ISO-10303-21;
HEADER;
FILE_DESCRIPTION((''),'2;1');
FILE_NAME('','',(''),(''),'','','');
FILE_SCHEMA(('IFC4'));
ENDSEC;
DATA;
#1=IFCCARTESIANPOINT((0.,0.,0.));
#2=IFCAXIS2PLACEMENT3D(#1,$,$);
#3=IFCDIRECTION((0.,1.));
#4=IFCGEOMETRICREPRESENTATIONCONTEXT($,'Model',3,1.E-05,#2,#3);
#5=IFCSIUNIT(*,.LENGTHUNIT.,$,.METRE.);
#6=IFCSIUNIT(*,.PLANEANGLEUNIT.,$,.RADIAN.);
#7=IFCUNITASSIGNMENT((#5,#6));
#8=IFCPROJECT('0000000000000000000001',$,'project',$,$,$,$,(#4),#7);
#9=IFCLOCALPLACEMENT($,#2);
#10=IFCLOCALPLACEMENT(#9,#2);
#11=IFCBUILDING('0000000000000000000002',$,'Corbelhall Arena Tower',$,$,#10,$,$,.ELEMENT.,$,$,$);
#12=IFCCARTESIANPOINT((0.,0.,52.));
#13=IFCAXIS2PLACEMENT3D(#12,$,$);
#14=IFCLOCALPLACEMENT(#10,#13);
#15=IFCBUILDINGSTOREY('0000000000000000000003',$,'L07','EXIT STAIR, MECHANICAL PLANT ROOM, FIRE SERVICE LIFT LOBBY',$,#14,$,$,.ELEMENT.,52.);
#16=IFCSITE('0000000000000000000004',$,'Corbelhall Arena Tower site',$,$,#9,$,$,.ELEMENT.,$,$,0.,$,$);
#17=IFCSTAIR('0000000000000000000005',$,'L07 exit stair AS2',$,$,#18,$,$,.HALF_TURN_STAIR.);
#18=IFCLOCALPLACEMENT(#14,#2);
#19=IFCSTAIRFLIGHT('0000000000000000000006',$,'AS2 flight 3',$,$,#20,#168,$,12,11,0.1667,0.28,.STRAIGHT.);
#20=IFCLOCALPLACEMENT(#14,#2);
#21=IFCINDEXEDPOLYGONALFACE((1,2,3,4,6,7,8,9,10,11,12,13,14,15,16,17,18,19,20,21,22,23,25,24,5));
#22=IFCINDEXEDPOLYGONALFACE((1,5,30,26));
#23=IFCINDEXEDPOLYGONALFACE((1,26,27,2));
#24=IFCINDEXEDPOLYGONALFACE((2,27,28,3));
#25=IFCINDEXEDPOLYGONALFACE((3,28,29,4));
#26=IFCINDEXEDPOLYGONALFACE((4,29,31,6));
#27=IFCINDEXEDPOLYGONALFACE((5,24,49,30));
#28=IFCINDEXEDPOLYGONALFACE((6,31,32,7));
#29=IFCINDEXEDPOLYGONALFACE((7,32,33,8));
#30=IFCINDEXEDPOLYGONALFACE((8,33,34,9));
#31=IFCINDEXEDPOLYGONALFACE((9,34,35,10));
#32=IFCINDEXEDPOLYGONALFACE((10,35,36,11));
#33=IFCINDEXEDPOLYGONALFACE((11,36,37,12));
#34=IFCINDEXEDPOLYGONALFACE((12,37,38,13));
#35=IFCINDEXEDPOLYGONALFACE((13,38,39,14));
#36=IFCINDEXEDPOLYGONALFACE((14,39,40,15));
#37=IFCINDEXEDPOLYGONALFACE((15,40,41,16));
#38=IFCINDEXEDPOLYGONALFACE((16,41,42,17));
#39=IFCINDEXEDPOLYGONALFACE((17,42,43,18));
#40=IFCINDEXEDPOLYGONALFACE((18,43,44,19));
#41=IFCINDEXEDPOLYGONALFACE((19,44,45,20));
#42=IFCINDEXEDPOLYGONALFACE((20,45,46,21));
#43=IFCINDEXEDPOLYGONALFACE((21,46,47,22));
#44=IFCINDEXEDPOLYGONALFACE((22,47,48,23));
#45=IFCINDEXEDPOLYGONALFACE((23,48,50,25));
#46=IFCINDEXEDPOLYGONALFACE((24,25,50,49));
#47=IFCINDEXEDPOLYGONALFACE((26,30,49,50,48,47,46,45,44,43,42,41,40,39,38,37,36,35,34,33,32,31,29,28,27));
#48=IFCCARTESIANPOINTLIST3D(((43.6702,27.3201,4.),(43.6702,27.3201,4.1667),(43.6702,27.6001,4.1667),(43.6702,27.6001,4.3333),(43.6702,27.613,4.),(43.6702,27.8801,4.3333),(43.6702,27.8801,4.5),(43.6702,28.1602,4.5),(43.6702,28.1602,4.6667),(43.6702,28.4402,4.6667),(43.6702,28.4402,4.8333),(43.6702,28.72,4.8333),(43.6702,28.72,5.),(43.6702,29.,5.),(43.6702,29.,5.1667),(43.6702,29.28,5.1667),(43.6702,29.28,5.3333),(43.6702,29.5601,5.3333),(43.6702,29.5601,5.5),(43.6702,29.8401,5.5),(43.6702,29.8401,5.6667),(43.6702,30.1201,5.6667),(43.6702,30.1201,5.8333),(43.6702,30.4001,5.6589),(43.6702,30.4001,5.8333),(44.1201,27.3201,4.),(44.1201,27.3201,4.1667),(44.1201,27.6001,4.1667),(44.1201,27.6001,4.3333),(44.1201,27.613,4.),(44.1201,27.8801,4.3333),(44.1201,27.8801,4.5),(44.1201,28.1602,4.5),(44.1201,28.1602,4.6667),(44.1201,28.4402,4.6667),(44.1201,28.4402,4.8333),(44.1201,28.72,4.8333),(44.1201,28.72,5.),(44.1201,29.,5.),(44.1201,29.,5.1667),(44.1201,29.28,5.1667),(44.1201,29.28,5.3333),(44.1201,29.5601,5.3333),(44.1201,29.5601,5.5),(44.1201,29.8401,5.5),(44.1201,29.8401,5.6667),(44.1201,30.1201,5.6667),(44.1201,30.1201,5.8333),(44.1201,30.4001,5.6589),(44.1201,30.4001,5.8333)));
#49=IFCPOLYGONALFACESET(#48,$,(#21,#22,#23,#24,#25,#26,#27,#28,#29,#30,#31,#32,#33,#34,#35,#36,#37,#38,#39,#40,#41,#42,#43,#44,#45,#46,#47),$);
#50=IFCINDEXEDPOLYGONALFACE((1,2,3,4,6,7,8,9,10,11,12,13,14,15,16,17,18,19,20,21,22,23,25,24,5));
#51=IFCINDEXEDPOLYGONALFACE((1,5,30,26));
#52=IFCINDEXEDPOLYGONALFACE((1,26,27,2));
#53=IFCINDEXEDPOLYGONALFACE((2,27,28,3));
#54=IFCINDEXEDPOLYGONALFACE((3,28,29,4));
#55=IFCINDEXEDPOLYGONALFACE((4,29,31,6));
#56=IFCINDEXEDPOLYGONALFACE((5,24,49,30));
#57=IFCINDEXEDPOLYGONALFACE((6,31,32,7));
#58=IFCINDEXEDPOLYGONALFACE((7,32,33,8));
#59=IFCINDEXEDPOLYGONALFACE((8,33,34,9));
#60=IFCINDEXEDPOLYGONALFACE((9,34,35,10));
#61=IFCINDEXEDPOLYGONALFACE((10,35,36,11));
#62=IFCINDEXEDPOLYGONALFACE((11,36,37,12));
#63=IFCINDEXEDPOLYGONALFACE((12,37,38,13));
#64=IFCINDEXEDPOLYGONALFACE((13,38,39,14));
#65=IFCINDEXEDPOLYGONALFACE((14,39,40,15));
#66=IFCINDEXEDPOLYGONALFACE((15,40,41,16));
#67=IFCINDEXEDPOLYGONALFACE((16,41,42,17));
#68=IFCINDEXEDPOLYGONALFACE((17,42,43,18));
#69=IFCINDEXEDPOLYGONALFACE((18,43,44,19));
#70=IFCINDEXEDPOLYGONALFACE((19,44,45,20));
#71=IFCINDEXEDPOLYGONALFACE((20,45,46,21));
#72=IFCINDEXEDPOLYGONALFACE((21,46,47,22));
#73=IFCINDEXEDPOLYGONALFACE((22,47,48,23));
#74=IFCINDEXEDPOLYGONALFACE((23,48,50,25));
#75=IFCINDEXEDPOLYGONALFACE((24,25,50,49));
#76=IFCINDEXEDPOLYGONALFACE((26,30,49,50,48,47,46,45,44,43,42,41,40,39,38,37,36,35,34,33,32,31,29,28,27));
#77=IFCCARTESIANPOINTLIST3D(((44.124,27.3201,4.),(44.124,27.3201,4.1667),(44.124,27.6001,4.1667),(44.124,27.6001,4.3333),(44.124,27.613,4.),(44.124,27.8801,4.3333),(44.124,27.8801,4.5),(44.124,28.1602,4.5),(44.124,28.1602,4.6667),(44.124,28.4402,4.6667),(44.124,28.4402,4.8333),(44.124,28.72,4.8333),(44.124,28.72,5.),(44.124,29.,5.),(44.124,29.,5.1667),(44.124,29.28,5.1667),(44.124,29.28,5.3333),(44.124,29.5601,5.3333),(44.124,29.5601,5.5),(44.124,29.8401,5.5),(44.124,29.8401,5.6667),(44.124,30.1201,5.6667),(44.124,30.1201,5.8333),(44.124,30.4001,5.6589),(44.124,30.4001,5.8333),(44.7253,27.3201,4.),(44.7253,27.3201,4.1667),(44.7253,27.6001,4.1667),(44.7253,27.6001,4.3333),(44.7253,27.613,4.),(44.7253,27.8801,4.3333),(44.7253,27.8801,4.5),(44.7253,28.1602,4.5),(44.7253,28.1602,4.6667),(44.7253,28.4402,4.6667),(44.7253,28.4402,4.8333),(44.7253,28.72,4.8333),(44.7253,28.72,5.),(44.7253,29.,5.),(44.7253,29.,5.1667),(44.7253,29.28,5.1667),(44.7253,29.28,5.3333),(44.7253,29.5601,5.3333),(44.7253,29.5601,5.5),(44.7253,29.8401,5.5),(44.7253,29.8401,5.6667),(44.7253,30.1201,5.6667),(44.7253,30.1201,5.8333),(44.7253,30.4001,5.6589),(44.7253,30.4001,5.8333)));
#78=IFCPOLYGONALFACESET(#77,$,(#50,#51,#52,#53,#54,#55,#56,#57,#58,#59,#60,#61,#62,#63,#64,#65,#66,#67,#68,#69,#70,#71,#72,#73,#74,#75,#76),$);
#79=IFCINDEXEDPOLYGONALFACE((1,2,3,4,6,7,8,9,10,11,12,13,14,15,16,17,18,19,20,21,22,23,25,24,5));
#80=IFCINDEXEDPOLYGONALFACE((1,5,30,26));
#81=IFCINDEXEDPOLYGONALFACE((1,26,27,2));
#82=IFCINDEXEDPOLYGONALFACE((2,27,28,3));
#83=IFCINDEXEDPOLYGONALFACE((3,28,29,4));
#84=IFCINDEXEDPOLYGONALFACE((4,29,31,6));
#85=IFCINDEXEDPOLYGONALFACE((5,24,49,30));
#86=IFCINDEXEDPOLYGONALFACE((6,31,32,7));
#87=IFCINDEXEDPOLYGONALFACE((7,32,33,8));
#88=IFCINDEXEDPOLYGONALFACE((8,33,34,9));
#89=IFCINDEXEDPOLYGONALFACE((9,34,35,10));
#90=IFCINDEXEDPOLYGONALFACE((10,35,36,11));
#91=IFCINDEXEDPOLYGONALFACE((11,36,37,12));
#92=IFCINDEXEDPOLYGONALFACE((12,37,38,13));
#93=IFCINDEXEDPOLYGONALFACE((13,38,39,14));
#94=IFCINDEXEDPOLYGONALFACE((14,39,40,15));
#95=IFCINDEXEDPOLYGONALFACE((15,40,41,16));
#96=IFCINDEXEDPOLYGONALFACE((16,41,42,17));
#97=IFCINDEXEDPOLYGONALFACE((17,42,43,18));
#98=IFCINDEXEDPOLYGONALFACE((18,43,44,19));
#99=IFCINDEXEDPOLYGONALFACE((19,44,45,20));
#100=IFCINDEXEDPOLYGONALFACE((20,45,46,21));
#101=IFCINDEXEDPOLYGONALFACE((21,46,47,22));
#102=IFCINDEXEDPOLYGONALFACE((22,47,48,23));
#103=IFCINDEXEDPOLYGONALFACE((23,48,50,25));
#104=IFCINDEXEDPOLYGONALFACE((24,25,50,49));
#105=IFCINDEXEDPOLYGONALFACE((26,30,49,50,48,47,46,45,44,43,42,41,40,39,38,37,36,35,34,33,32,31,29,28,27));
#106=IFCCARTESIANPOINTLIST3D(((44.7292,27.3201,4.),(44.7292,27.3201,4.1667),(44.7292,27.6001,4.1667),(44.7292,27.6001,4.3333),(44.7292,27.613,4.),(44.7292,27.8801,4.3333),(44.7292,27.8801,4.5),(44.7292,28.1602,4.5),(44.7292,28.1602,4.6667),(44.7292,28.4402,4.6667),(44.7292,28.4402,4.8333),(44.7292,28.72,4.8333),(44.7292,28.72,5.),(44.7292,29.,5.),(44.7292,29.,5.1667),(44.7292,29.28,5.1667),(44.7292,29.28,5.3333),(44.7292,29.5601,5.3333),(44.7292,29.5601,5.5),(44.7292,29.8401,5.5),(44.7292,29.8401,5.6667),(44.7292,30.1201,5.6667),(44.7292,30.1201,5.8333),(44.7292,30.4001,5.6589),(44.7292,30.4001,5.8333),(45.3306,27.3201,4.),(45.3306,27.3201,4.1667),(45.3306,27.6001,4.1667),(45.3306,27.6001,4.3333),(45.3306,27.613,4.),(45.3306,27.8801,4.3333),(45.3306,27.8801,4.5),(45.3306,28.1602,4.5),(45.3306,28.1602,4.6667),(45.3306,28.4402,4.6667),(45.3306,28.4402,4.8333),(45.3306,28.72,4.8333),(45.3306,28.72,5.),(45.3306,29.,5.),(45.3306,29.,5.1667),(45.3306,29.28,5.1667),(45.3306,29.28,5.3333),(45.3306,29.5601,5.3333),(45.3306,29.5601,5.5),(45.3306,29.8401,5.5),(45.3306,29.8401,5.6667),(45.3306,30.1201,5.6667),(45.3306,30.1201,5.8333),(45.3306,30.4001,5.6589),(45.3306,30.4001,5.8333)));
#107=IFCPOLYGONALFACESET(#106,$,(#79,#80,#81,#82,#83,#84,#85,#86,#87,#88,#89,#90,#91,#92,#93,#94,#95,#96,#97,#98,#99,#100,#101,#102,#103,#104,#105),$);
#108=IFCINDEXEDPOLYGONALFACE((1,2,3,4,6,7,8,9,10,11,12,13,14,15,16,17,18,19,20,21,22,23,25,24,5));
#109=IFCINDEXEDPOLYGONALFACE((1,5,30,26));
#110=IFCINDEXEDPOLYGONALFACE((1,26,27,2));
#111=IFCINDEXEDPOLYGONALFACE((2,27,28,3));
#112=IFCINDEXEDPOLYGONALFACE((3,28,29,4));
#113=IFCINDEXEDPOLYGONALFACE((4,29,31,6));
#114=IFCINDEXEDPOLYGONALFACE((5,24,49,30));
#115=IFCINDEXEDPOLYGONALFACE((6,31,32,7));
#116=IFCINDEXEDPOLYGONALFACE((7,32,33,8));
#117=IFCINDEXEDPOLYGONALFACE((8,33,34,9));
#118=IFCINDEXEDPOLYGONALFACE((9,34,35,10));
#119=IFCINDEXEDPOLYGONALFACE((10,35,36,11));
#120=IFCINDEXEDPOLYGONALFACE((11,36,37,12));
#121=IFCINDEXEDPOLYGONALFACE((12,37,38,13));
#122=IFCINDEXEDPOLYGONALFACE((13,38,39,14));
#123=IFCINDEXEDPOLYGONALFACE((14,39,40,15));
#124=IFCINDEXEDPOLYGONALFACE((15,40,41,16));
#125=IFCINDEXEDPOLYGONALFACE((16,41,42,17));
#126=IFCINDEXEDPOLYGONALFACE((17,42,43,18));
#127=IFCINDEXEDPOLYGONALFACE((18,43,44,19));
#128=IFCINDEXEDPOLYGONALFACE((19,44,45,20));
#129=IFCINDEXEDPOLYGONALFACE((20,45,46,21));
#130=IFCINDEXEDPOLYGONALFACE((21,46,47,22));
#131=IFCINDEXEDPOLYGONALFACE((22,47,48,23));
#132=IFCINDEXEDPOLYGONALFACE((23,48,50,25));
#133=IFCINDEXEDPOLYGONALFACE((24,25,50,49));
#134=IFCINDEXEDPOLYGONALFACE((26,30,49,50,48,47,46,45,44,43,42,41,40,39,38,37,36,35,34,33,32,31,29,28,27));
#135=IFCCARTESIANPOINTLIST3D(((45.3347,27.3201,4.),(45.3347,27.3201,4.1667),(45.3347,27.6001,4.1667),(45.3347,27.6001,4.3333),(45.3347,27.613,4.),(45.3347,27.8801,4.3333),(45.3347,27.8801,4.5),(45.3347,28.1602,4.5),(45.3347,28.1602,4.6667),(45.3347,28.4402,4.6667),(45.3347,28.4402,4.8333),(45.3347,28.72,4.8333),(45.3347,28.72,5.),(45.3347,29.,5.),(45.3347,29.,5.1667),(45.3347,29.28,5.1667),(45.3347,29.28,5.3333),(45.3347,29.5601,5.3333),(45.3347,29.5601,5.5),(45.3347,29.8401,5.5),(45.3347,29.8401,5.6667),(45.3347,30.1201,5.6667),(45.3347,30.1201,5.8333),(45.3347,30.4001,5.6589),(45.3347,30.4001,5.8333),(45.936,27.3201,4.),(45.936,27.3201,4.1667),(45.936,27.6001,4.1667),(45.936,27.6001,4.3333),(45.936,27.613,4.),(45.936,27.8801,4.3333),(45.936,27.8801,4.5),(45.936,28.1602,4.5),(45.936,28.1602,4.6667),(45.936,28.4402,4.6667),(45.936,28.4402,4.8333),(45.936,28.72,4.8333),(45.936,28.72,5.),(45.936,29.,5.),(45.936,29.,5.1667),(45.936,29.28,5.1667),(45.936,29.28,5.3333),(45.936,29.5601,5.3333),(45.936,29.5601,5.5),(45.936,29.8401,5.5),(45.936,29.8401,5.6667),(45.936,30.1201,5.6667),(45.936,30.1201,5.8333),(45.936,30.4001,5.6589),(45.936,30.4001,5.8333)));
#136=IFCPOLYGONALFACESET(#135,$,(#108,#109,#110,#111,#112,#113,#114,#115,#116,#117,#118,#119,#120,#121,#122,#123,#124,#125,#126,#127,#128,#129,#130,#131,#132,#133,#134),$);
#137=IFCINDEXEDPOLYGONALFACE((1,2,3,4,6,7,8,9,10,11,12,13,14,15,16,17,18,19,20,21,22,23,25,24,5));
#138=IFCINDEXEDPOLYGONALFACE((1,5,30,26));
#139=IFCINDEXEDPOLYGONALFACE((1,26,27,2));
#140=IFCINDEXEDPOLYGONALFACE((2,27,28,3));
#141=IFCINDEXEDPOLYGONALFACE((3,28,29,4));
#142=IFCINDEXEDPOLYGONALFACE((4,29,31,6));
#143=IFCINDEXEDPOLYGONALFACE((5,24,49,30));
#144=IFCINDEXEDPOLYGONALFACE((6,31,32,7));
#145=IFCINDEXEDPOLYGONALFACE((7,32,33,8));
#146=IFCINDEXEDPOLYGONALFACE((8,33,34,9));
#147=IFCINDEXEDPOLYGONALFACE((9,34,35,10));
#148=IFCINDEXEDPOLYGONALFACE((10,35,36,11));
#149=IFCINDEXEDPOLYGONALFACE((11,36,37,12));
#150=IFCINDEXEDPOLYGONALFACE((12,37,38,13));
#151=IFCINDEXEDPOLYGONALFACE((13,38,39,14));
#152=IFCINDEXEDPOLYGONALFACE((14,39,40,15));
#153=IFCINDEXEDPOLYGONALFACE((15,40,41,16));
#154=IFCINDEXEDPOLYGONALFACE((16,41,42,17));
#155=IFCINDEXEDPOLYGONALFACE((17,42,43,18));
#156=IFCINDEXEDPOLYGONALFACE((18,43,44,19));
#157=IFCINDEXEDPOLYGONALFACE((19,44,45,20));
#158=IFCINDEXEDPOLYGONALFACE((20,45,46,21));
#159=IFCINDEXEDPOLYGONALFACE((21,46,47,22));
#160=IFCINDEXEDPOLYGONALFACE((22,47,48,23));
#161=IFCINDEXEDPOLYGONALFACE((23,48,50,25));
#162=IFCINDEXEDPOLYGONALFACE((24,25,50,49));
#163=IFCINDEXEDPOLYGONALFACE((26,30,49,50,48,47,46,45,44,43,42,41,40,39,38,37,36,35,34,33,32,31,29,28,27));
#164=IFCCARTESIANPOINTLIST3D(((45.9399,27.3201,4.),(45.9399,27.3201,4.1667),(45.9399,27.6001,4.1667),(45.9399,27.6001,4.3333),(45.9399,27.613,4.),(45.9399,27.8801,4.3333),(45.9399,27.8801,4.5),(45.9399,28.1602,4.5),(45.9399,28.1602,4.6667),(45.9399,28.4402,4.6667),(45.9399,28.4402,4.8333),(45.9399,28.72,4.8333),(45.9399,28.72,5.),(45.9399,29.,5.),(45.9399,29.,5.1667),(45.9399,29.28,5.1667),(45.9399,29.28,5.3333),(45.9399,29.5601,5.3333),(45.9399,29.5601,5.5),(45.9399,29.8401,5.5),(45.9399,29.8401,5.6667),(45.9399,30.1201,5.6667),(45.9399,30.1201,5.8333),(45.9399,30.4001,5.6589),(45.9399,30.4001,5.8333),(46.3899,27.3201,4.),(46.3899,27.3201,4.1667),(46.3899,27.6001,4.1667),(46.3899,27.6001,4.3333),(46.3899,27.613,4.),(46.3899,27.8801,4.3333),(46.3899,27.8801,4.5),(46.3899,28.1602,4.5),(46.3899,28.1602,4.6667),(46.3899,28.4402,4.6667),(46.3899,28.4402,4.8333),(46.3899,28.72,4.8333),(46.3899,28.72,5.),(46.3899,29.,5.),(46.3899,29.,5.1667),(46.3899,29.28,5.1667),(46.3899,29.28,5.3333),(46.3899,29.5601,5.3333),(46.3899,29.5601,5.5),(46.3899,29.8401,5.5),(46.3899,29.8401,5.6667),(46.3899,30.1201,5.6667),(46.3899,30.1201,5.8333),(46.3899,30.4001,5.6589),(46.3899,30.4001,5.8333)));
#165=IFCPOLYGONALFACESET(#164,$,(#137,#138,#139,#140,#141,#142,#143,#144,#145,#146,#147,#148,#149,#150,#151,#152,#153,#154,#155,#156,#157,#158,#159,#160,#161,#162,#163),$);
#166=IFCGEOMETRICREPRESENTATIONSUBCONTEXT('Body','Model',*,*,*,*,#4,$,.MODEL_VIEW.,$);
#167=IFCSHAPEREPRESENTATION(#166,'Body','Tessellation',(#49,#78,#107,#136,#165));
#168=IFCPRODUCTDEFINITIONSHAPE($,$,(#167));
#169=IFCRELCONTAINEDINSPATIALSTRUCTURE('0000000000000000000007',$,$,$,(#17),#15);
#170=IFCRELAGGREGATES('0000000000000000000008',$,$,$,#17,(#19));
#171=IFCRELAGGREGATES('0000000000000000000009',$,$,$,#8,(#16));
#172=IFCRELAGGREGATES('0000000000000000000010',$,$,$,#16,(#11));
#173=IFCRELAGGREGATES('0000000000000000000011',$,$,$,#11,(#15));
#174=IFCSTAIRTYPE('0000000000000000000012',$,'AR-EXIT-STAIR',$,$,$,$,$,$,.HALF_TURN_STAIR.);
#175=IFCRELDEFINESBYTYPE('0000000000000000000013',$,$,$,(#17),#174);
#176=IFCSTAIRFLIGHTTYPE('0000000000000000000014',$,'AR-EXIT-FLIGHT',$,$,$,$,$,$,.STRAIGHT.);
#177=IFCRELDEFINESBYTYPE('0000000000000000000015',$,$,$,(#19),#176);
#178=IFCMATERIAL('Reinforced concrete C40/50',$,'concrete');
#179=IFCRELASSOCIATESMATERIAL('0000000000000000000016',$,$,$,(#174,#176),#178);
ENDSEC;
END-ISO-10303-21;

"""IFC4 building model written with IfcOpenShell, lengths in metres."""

from ifc_helpers import new_model, si_unit, direction, frame, origin, place, context, subcontext, project, spatial, polyline, outline, extrude, material, type_object, element, aggregate, save


model = new_model("IFC4")

# Units and contexts
model_context = context("Model", 3, precision=1e-05, world=origin(), true_north=direction((0.0, 1.0)))
body_context = subcontext(model_context, "Body", "Model", "MODEL_VIEW")
ifc_project = project(units=[si_unit("LENGTHUNIT", "METRE"), si_unit("PLANEANGLEUNIT", "RADIAN")], contexts=[model_context])

# Site, building, storey
site_placement = place(None, origin())
site = spatial("IfcSite", under=ifc_project, at=site_placement, Name="Corbelhall Arena Tower site", CompositionType="ELEMENT", RefElevation=0.0)
building_placement = place(site_placement, origin())
building = spatial("IfcBuilding", under=site, at=building_placement, Name="Corbelhall Arena Tower", CompositionType="ELEMENT")
storey_placement = place(building_placement, frame((0.0, 0.0, 52.0)))
storey = spatial("IfcBuildingStorey", under=building, at=storey_placement, Name="L07", Description="EXIT STAIR, MECHANICAL PLANT ROOM, FIRE SERVICE LIFT LOBBY", CompositionType="ELEMENT", Elevation=52.0)

# Shared definitions
ifc_material_1 = material(Name="Reinforced concrete C40/50", Category="concrete")

# Stair, stair flight
stair_type = type_object("IfcStairType", Name="AR-EXIT-STAIR", PredefinedType="HALF_TURN_STAIR", material=ifc_material_1)
stair_flight_type = type_object("IfcStairFlightType", Name="AR-EXIT-FLIGHT", PredefinedType="STRAIGHT", material=ifc_material_1)
stair_1_placement = place(storey_placement, origin())
stair_1 = element("IfcStair", 1, at=stair_1_placement, inside=storey, type_object=stair_type, Name="L07 exit stair AS2", PredefinedType="HALF_TURN_STAIR")
stair_flight_1_placement = place(storey_placement, frame((45.03, 27.3201, 4.0), z_axis=(0.0, 0.0, 1.0), x_axis=(0.0, 1.0, 0.0)))
stair_flight_1 = element("IfcStairFlight", 2, at=stair_flight_1_placement, type_object=stair_flight_type, Name="AS2 flight 3", NumberOfRisers=12, NumberOfTreads=11, PredefinedType="STRAIGHT", RiserHeight=0.1667, TreadLength=0.28, context=body_context, shape_type="SweptSolid", body=[
    extrude(outline(polyline([(0.0, 0.0), (0.0, 0.1667), (0.28, 0.1667), (0.28, 0.3333), (0.5601, 0.3333), (0.5601, 0.5), (0.8401, 0.5), (0.8401, 0.6667), (1.1201, 0.6667), (1.1201, 0.8333), (1.3999, 0.8333), (1.3999, 1.0), (1.6799, 1.0), (1.6799, 1.1667), (1.96, 1.1667), (1.96, 1.3333), (2.24, 1.3333), (2.24, 1.5), (2.52, 1.5), (2.52, 1.6667), (2.8, 1.6667), (2.8, 1.8333), (3.0801, 1.8333), (3.0801, 2.0), (3.0801, 1.6589), (0.293, 0.0), (0.0, 0.0)])), frame((0.0, 1.3599, 0.0), z_axis=(0.0, -1.0, 0.0), x_axis=(1.0, 0.0, 0.0)), (0.0, 0.0, 1.0), 0.45),
    extrude(outline(polyline([(0.0, 0.0), (0.0, 0.1667), (0.28, 0.1667), (0.28, 0.3333), (0.5601, 0.3333), (0.5601, 0.5), (0.8401, 0.5), (0.8401, 0.6667), (1.1201, 0.6667), (1.1201, 0.8333), (1.3999, 0.8333), (1.3999, 1.0), (1.6799, 1.0), (1.6799, 1.1667), (1.96, 1.1667), (1.96, 1.3333), (2.24, 1.3333), (2.24, 1.5), (2.52, 1.5), (2.52, 1.6667), (2.8, 1.6667), (2.8, 1.8333), (3.0801, 1.8333), (3.0801, 2.0), (3.0801, 1.6589), (0.293, 0.0), (0.0, 0.0)])), frame((0.0, 0.906, 0.0), z_axis=(0.0, -1.0, 0.0), x_axis=(1.0, 0.0, 0.0)), (0.0, 0.0, 1.0), 0.6013),
    extrude(outline(polyline([(0.0, 0.0), (0.0, 0.1667), (0.28, 0.1667), (0.28, 0.3333), (0.5601, 0.3333), (0.5601, 0.5), (0.8401, 0.5), (0.8401, 0.6667), (1.1201, 0.6667), (1.1201, 0.8333), (1.3999, 0.8333), (1.3999, 1.0), (1.6799, 1.0), (1.6799, 1.1667), (1.96, 1.1667), (1.96, 1.3333), (2.24, 1.3333), (2.24, 1.5), (2.52, 1.5), (2.52, 1.6667), (2.8, 1.6667), (2.8, 1.8333), (3.0801, 1.8333), (3.0801, 2.0), (3.0801, 1.6589), (0.293, 0.0), (0.0, 0.0)])), frame((0.0, 0.3008, 0.0), z_axis=(0.0, -1.0, 0.0), x_axis=(1.0, 0.0, 0.0)), (0.0, 0.0, 1.0), 0.6013),
    extrude(outline(polyline([(0.0, 0.0), (0.0, 0.1667), (0.28, 0.1667), (0.28, 0.3333), (0.5601, 0.3333), (0.5601, 0.5), (0.8401, 0.5), (0.8401, 0.6667), (1.1201, 0.6667), (1.1201, 0.8333), (1.3999, 0.8333), (1.3999, 1.0), (1.6799, 1.0), (1.6799, 1.1667), (1.96, 1.1667), (1.96, 1.3333), (2.24, 1.3333), (2.24, 1.5), (2.52, 1.5), (2.52, 1.6667), (2.8, 1.6667), (2.8, 1.8333), (3.0801, 1.8333), (3.0801, 2.0), (3.0801, 1.6589), (0.293, 0.0), (0.0, 0.0)])), frame((0.0, -0.3047, 0.0), z_axis=(0.0, -1.0, 0.0), x_axis=(1.0, 0.0, 0.0)), (0.0, 0.0, 1.0), 0.6013),
    extrude(outline(polyline([(0.0, 0.0), (0.0, 0.1667), (0.28, 0.1667), (0.28, 0.3333), (0.5601, 0.3333), (0.5601, 0.5), (0.8401, 0.5), (0.8401, 0.6667), (1.1201, 0.6667), (1.1201, 0.8333), (1.3999, 0.8333), (1.3999, 1.0), (1.6799, 1.0), (1.6799, 1.1667), (1.96, 1.1667), (1.96, 1.3333), (2.24, 1.3333), (2.24, 1.5), (2.52, 1.5), (2.52, 1.6667), (2.8, 1.6667), (2.8, 1.8333), (3.0801, 1.8333), (3.0801, 2.0), (3.0801, 1.6589), (0.293, 0.0), (0.0, 0.0)])), frame((0.0, -0.9099, 0.0), z_axis=(0.0, -1.0, 0.0), x_axis=(1.0, 0.0, 0.0)), (0.0, 0.0, 1.0), 0.45),
])
aggregate(stair_1, [stair_flight_1])

save(model, "model.ifc")
